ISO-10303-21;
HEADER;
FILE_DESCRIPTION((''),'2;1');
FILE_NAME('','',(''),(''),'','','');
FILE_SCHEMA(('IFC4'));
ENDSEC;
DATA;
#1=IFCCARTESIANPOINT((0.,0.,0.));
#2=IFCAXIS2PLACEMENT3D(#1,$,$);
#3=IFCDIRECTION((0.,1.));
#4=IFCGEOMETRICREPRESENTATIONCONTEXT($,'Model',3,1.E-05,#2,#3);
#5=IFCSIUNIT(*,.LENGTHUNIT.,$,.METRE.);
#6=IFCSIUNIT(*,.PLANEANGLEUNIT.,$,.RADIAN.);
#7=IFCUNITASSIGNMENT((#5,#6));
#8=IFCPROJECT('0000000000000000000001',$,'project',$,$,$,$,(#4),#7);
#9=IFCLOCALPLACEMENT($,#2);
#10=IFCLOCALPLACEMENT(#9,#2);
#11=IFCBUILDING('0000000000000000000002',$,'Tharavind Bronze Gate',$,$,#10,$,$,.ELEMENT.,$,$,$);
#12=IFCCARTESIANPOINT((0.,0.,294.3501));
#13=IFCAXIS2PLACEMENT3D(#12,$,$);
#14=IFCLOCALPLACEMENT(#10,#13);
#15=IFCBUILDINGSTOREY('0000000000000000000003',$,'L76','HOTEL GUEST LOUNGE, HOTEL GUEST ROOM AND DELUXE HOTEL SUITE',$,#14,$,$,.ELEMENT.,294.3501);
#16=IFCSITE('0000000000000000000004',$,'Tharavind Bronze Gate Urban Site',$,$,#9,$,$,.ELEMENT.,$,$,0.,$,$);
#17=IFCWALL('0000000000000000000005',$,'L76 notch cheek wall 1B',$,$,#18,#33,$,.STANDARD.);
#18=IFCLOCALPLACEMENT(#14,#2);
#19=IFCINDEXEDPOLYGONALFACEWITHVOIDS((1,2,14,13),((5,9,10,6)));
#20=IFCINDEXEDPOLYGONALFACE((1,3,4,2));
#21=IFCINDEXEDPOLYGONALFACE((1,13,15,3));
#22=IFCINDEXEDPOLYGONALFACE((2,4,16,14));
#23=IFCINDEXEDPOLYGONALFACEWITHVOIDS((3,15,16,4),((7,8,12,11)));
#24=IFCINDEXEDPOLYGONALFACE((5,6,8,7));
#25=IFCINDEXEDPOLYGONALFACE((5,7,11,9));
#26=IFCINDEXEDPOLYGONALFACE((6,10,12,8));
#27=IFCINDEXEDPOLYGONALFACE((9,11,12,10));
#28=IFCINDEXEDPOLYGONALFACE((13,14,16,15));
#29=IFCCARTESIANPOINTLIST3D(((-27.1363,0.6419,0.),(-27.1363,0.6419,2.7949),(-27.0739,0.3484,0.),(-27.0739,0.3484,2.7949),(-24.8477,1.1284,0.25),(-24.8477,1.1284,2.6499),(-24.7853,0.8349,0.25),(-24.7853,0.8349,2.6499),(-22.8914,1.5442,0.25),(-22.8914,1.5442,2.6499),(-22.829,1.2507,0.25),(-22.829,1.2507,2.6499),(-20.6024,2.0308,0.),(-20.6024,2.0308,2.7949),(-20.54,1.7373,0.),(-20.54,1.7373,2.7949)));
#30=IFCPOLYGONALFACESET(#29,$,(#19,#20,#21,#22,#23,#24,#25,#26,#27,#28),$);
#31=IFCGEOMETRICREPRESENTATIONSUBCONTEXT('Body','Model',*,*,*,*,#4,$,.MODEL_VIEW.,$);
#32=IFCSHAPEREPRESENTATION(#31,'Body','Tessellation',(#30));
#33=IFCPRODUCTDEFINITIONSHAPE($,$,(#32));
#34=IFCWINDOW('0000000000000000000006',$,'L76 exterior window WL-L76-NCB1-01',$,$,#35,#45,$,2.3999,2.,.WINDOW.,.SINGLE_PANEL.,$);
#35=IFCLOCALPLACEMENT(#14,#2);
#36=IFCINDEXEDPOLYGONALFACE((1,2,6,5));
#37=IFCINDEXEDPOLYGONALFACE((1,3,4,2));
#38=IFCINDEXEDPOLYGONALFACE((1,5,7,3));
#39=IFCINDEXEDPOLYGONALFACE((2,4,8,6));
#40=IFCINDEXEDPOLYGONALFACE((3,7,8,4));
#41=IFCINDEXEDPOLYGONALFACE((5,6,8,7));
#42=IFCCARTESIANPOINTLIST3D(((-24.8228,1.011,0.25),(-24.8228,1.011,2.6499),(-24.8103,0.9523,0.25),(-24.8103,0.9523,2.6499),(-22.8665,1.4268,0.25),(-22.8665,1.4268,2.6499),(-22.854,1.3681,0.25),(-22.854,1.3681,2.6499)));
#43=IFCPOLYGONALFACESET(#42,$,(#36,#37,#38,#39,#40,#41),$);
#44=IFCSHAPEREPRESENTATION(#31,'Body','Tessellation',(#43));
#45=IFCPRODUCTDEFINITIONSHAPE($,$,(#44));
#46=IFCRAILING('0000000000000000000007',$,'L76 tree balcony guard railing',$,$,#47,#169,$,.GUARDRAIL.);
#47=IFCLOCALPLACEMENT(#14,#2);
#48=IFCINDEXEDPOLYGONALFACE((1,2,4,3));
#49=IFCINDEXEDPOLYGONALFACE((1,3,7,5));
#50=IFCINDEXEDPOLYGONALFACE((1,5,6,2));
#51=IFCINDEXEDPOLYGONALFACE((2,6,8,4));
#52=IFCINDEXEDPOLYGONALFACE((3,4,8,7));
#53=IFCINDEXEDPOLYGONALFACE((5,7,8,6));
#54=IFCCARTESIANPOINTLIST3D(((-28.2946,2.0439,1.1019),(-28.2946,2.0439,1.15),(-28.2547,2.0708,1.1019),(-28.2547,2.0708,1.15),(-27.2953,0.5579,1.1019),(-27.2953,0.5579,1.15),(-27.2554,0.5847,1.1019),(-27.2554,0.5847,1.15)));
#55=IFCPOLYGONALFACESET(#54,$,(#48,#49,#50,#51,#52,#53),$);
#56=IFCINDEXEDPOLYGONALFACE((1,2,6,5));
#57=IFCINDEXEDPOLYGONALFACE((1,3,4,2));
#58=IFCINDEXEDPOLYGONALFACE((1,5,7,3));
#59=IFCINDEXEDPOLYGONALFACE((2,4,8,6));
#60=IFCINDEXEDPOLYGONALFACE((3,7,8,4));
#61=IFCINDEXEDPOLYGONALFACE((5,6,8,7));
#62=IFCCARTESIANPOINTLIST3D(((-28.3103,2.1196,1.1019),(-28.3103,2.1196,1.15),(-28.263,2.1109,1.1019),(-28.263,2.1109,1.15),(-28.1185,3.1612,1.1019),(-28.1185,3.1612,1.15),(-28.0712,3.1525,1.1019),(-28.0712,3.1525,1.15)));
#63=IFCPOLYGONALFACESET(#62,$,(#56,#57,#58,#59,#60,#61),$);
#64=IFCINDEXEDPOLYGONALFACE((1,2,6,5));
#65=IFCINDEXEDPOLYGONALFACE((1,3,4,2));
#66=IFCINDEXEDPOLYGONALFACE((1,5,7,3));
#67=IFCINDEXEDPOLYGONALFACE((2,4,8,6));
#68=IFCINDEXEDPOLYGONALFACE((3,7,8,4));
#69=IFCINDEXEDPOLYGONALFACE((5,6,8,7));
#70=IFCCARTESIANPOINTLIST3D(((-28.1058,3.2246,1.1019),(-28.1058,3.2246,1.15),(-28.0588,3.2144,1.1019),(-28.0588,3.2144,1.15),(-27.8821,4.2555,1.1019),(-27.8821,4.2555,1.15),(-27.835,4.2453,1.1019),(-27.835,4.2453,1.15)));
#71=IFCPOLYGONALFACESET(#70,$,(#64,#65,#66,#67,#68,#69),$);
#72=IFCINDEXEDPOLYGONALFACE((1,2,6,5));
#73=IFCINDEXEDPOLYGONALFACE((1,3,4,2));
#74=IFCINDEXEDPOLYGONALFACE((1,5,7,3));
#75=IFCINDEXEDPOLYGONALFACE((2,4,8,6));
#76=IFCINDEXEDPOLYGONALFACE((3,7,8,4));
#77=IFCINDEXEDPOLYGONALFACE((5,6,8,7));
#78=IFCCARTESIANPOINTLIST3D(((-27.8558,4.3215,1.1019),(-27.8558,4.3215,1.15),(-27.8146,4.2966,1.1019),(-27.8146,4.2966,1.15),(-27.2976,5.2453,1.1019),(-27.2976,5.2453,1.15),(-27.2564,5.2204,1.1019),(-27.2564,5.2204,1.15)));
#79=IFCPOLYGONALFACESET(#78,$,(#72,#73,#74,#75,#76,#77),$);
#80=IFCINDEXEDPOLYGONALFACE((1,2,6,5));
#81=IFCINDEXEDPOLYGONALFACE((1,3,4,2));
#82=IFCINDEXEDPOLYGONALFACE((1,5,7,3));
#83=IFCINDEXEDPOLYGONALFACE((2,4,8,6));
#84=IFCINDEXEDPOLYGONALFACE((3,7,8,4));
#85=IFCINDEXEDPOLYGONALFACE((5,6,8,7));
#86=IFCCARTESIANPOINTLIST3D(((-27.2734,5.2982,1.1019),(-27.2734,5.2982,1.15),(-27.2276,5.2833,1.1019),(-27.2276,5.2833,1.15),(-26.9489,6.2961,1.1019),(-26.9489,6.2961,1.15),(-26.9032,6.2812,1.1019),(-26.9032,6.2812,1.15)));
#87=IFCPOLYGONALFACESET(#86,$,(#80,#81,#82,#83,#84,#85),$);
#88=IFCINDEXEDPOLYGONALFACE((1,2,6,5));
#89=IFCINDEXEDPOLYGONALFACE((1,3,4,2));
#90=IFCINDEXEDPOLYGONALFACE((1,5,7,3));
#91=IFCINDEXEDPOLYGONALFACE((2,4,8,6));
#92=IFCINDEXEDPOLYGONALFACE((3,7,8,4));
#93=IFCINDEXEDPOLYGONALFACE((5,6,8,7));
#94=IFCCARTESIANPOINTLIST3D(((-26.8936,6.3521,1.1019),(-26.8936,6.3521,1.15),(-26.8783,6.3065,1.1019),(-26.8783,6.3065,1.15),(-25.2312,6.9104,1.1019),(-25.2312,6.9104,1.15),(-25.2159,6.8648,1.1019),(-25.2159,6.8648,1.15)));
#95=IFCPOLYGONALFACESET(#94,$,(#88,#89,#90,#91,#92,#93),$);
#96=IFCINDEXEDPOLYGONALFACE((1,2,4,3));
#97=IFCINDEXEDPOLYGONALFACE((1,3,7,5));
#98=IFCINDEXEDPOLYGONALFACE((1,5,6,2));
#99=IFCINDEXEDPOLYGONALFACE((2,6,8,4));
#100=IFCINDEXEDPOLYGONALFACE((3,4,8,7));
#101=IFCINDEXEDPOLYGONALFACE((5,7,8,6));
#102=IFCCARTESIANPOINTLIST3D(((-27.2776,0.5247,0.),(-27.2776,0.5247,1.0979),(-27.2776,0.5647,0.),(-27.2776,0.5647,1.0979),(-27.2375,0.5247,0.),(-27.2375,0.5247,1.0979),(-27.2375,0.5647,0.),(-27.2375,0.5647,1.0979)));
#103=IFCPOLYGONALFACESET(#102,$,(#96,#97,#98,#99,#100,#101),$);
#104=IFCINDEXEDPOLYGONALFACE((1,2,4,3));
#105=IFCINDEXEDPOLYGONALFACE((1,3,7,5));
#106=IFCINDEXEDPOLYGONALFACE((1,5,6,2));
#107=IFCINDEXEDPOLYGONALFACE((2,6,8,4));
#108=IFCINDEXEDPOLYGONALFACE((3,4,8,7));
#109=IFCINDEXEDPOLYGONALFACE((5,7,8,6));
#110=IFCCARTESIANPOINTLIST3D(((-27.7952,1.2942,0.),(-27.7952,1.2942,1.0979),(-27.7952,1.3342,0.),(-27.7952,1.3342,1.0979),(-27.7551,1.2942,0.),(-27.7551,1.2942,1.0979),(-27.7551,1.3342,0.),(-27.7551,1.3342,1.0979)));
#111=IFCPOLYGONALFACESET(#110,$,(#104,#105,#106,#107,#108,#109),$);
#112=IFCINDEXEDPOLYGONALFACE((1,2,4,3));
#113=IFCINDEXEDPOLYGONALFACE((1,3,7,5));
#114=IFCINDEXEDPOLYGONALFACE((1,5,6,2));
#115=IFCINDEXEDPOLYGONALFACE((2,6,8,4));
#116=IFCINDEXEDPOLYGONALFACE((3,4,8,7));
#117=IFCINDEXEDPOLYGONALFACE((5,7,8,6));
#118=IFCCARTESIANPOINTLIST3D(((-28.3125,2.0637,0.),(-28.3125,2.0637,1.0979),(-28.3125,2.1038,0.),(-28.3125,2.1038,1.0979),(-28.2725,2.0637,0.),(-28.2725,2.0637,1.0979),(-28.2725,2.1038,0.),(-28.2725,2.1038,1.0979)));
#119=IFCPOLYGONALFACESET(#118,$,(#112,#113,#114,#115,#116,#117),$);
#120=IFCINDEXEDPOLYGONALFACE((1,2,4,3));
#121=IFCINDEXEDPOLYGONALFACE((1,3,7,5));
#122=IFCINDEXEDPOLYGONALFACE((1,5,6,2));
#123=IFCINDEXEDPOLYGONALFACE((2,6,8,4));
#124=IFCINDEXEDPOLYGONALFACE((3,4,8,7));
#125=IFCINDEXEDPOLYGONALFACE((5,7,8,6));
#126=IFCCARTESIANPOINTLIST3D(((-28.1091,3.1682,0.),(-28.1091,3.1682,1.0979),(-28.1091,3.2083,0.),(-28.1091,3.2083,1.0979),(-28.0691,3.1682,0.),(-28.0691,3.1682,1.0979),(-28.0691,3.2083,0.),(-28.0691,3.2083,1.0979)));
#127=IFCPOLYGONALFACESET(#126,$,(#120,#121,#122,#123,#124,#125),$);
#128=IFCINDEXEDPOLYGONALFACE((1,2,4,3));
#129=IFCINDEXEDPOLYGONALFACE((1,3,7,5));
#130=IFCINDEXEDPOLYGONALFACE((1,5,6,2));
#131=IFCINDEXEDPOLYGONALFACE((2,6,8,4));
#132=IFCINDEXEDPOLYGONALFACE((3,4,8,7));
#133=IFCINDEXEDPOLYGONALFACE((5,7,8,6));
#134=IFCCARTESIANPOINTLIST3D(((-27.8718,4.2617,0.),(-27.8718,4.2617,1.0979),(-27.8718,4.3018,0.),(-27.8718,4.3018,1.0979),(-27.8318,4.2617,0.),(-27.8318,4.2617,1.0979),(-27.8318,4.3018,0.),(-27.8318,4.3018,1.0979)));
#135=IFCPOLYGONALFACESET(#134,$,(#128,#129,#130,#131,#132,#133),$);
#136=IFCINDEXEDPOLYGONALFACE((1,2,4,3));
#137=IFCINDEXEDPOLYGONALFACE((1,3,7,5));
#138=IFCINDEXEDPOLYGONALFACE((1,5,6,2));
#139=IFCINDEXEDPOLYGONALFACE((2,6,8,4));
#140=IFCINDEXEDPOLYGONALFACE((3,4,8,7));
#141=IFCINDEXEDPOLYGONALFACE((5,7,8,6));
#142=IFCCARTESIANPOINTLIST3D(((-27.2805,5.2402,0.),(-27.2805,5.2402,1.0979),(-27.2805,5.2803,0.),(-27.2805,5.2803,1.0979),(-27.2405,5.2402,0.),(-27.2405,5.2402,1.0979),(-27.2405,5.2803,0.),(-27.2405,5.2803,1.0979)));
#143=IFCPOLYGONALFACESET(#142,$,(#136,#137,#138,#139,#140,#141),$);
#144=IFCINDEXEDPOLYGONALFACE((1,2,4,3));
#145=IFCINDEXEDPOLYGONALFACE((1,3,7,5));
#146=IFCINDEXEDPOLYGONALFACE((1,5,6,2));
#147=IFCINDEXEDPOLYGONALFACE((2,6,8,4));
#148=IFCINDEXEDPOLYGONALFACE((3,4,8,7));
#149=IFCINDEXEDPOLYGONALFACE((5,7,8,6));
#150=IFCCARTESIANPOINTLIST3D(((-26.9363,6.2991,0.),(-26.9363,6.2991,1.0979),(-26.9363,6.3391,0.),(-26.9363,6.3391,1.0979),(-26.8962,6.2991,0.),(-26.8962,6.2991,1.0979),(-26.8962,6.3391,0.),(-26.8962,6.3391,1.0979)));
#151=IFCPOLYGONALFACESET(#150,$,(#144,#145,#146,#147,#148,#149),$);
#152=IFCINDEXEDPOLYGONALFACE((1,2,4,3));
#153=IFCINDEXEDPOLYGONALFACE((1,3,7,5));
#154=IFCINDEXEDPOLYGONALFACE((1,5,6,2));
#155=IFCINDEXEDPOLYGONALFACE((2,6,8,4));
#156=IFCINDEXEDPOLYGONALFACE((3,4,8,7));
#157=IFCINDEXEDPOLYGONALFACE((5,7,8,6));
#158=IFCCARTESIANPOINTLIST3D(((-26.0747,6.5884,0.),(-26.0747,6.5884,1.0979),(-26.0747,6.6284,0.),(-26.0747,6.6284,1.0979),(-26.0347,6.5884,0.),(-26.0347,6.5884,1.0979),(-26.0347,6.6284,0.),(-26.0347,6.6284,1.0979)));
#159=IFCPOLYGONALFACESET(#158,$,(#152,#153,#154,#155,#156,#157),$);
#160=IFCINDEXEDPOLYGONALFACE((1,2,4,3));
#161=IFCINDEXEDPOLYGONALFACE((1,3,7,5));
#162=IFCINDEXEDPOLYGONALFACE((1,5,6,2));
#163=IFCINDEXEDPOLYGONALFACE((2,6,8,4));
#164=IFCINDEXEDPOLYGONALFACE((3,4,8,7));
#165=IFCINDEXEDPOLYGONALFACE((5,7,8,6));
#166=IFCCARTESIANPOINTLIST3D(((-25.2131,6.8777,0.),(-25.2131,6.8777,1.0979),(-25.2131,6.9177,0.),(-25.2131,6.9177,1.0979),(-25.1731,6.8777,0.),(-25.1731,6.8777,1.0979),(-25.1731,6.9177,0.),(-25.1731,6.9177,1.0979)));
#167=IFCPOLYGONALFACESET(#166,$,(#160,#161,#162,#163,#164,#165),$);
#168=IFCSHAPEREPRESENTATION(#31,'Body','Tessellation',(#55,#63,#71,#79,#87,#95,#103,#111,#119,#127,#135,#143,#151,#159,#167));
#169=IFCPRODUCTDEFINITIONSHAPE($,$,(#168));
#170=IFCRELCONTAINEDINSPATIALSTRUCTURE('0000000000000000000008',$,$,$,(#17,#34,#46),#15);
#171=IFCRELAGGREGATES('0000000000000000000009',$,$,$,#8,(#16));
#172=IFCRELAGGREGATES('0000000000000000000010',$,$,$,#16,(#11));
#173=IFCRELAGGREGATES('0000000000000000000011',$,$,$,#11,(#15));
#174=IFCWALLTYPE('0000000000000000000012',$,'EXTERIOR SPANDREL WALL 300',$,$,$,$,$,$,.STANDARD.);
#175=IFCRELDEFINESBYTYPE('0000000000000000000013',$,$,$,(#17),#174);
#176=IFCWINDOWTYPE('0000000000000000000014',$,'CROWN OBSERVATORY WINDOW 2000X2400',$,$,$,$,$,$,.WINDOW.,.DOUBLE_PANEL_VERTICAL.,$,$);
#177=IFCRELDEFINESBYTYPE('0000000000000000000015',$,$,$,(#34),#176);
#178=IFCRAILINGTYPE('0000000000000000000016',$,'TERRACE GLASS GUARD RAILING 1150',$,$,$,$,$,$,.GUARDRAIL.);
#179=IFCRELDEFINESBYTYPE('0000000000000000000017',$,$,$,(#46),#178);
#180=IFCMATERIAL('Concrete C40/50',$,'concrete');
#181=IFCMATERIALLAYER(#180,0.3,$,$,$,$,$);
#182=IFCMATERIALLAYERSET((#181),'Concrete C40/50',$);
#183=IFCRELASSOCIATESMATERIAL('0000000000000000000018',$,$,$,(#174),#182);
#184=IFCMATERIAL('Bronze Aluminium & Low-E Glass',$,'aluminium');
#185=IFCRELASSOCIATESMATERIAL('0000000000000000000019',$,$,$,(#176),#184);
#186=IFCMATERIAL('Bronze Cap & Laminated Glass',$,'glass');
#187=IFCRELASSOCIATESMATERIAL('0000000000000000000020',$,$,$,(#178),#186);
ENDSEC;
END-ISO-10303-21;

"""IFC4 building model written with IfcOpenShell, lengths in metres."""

from ifc_helpers import new_model, si_unit, direction, frame, frame_2d, origin, origin_2d, place, context, subcontext, project, spatial, rectangle, extrude, material, layer, layer_set, type_object, element, fill, save


model = new_model("IFC4")

# Units and contexts
model_context = context("Model", 3, precision=1e-05, world=origin(), true_north=direction((0.0, 1.0)))
body_context = subcontext(model_context, "Body", "Model", "MODEL_VIEW")
ifc_project = project(units=[si_unit("LENGTHUNIT", "METRE"), si_unit("PLANEANGLEUNIT", "RADIAN")], contexts=[model_context])

# Site, building, storey
site_placement = place(None, origin())
site = spatial("IfcSite", under=ifc_project, at=site_placement, Name="Tharavind Bronze Gate Urban Site", CompositionType="ELEMENT", RefElevation=0.0)
building_placement = place(site_placement, origin())
building = spatial("IfcBuilding", under=site, at=building_placement, Name="Tharavind Bronze Gate", CompositionType="ELEMENT")
storey_placement = place(building_placement, frame((0.0, 0.0, 294.3501)))
storey = spatial("IfcBuildingStorey", under=building, at=storey_placement, Name="L76", Description="HOTEL GUEST LOUNGE, HOTEL GUEST ROOM AND DELUXE HOTEL SUITE", CompositionType="ELEMENT", Elevation=294.3501)

# Shared definitions
ifc_material_1 = material(Name="Concrete C40/50", Category="concrete")
ifc_layer_1 = layer(ifc_material_1, 0.3)
ifc_layer_set_1 = layer_set([ifc_layer_1], Name="Concrete C40/50")
wall_type = type_object("IfcWallType", Name="EXTERIOR SPANDREL WALL 300", PredefinedType="STANDARD", material=ifc_layer_set_1)

# Wall, opening, window
wall_1_placement = place(storey_placement, frame((-20.5713, 1.884, 0.0), z_axis=(0.0, 0.0, 1.0), x_axis=(-0.978145, -0.207924, 0.0)))
wall_1 = element("IfcWall", 1, at=wall_1_placement, inside=storey, type_object=wall_type, Name="L76 notch cheek wall 1B", PredefinedType="STANDARD", context=body_context, shape_type="SweptSolid", body=[
    extrude(rectangle(XDim=6.6799, YDim=0.3, at=frame_2d((3.3398, 0.0))), origin(), (0.0, 0.0, 1.0), 2.7949),
])
opening_1_placement = place(wall_1_placement, frame((2.3401, 0.0, 0.25)))
opening_1 = element("IfcOpeningElement", 2, at=opening_1_placement, cuts=wall_1, PredefinedType="OPENING", context=body_context, shape_type="SweptSolid", body=[
    extrude(rectangle(XDim=2.0, YDim=2.3999, at=frame_2d((1.0, 1.2))), frame((0.0, 0.1599, 0.0), z_axis=(0.0, -1.0, 0.0), x_axis=(1.0, 0.0, 0.0)), (0.0, 0.0, 1.0), 0.32),
])
ifc_material_2 = material(Name="Bronze Aluminium & Low-E Glass", Category="aluminium")
window_type = type_object("IfcWindowType", Name="CROWN OBSERVATORY WINDOW 2000X2400", PartitioningType="DOUBLE_PANEL_VERTICAL", PredefinedType="WINDOW", material=ifc_material_2)
window_placement = place(opening_1_placement, origin())
window = element("IfcWindow", 3, at=window_placement, inside=storey, type_object=window_type, Name="L76 exterior window WL-L76-NCB1-01", OverallHeight=2.3999, OverallWidth=2.0, PartitioningType="SINGLE_PANEL", PredefinedType="WINDOW", context=body_context, shape_type="SweptSolid", body=[
    extrude(rectangle(XDim=2.0, YDim=2.3999, at=frame_2d((1.0, 1.2))), frame((0.0, 0.03, 0.0), z_axis=(0.0, -1.0, 0.0), x_axis=(1.0, 0.0, 0.0)), (0.0, 0.0, 1.0), 0.0601),
])
fill(opening_1, window)

# Railing
ifc_material_3 = material(Name="Bronze Cap & Laminated Glass", Category="glass")
railing_type = type_object("IfcRailingType", Name="TERRACE GLASS GUARD RAILING 1150", PredefinedType="GUARDRAIL", material=ifc_material_3)
railing_placement = place(storey_placement, frame((-27.2576, 0.5447, 0.0)))
element("IfcRailing", 4, at=railing_placement, inside=storey, type_object=railing_type, Name="L76 tree balcony guard railing", PredefinedType="GUARDRAIL", context=body_context, shape_type="SweptSolid", body=[
    extrude(rectangle(XDim=0.0481, YDim=0.0481, at=origin_2d()), frame((-0.0178, 0.0266, 1.126), z_axis=(-0.558007, 0.829836, 0.0), x_axis=(-0.829836, -0.558007, 0.0)), (0.0, 0.0, 1.0), 1.7908),
    extrude(rectangle(XDim=0.0481, YDim=0.0481, at=origin_2d()), frame((-1.0291, 1.5706, 1.126), z_axis=(0.181085, 0.983467, 0.0), x_axis=(-0.983467, 0.181085, 0.0)), (0.0, 0.0, 1.0), 1.0591),
    extrude(rectangle(XDim=0.0481, YDim=0.0481, at=origin_2d()), frame((-0.8247, 2.6748, 1.126), z_axis=(0.212076, 0.977253, 0.0), x_axis=(-0.977253, 0.212076, 0.0)), (0.0, 0.0, 1.0), 1.0549),
    extrude(rectangle(XDim=0.0481, YDim=0.0481, at=origin_2d()), frame((-0.5776, 3.7644, 1.126), z_axis=(0.517194, 0.855868, 0.0), x_axis=(-0.855868, 0.517194, 0.0)), (0.0, 0.0, 1.0), 1.0793),
    extrude(rectangle(XDim=0.0481, YDim=0.0481, at=origin_2d()), frame((0.0071, 4.7461, 1.126), z_axis=(0.30918, 0.951003, 0.0), x_axis=(-0.951003, 0.30918, 0.0)), (0.0, 0.0, 1.0), 1.0493),
    extrude(rectangle(XDim=0.0481, YDim=0.0481, at=origin_2d()), frame((0.3716, 5.7847, 1.126), z_axis=(0.947983, 0.318322, 0.0), x_axis=(-0.318322, 0.947983, 0.0)), (0.0, 0.0, 1.0), 1.7537),
    extrude(rectangle(XDim=0.04, YDim=0.04, at=origin_2d()), origin(), (0.0, 0.0, 1.0), 1.0979),
    extrude(rectangle(XDim=0.04, YDim=0.04, at=origin_2d()), frame((-0.5176, 0.7695, 0.0)), (0.0, 0.0, 1.0), 1.0979),
    extrude(rectangle(XDim=0.04, YDim=0.04, at=origin_2d()), frame((-1.0349, 1.5391, 0.0)), (0.0, 0.0, 1.0), 1.0979),
    extrude(rectangle(XDim=0.04, YDim=0.04, at=origin_2d()), frame((-0.8315, 2.6436, 0.0)), (0.0, 0.0, 1.0), 1.0979),
    extrude(rectangle(XDim=0.04, YDim=0.04, at=origin_2d()), frame((-0.5942, 3.7371, 0.0)), (0.0, 0.0, 1.0), 1.0979),
    extrude(rectangle(XDim=0.04, YDim=0.04, at=origin_2d()), frame((-0.0029, 4.7156, 0.0)), (0.0, 0.0, 1.0), 1.0979),
    extrude(rectangle(XDim=0.04, YDim=0.04, at=origin_2d()), frame((0.3413, 5.7744, 0.0)), (0.0, 0.0, 1.0), 1.0979),
    extrude(rectangle(XDim=0.04, YDim=0.04, at=origin_2d()), frame((1.2029, 6.0637, 0.0)), (0.0, 0.0, 1.0), 1.0979),
    extrude(rectangle(XDim=0.04, YDim=0.04, at=origin_2d()), frame((2.0645, 6.353, 0.0)), (0.0, 0.0, 1.0), 1.0979),
])

save(model, "model.ifc")
